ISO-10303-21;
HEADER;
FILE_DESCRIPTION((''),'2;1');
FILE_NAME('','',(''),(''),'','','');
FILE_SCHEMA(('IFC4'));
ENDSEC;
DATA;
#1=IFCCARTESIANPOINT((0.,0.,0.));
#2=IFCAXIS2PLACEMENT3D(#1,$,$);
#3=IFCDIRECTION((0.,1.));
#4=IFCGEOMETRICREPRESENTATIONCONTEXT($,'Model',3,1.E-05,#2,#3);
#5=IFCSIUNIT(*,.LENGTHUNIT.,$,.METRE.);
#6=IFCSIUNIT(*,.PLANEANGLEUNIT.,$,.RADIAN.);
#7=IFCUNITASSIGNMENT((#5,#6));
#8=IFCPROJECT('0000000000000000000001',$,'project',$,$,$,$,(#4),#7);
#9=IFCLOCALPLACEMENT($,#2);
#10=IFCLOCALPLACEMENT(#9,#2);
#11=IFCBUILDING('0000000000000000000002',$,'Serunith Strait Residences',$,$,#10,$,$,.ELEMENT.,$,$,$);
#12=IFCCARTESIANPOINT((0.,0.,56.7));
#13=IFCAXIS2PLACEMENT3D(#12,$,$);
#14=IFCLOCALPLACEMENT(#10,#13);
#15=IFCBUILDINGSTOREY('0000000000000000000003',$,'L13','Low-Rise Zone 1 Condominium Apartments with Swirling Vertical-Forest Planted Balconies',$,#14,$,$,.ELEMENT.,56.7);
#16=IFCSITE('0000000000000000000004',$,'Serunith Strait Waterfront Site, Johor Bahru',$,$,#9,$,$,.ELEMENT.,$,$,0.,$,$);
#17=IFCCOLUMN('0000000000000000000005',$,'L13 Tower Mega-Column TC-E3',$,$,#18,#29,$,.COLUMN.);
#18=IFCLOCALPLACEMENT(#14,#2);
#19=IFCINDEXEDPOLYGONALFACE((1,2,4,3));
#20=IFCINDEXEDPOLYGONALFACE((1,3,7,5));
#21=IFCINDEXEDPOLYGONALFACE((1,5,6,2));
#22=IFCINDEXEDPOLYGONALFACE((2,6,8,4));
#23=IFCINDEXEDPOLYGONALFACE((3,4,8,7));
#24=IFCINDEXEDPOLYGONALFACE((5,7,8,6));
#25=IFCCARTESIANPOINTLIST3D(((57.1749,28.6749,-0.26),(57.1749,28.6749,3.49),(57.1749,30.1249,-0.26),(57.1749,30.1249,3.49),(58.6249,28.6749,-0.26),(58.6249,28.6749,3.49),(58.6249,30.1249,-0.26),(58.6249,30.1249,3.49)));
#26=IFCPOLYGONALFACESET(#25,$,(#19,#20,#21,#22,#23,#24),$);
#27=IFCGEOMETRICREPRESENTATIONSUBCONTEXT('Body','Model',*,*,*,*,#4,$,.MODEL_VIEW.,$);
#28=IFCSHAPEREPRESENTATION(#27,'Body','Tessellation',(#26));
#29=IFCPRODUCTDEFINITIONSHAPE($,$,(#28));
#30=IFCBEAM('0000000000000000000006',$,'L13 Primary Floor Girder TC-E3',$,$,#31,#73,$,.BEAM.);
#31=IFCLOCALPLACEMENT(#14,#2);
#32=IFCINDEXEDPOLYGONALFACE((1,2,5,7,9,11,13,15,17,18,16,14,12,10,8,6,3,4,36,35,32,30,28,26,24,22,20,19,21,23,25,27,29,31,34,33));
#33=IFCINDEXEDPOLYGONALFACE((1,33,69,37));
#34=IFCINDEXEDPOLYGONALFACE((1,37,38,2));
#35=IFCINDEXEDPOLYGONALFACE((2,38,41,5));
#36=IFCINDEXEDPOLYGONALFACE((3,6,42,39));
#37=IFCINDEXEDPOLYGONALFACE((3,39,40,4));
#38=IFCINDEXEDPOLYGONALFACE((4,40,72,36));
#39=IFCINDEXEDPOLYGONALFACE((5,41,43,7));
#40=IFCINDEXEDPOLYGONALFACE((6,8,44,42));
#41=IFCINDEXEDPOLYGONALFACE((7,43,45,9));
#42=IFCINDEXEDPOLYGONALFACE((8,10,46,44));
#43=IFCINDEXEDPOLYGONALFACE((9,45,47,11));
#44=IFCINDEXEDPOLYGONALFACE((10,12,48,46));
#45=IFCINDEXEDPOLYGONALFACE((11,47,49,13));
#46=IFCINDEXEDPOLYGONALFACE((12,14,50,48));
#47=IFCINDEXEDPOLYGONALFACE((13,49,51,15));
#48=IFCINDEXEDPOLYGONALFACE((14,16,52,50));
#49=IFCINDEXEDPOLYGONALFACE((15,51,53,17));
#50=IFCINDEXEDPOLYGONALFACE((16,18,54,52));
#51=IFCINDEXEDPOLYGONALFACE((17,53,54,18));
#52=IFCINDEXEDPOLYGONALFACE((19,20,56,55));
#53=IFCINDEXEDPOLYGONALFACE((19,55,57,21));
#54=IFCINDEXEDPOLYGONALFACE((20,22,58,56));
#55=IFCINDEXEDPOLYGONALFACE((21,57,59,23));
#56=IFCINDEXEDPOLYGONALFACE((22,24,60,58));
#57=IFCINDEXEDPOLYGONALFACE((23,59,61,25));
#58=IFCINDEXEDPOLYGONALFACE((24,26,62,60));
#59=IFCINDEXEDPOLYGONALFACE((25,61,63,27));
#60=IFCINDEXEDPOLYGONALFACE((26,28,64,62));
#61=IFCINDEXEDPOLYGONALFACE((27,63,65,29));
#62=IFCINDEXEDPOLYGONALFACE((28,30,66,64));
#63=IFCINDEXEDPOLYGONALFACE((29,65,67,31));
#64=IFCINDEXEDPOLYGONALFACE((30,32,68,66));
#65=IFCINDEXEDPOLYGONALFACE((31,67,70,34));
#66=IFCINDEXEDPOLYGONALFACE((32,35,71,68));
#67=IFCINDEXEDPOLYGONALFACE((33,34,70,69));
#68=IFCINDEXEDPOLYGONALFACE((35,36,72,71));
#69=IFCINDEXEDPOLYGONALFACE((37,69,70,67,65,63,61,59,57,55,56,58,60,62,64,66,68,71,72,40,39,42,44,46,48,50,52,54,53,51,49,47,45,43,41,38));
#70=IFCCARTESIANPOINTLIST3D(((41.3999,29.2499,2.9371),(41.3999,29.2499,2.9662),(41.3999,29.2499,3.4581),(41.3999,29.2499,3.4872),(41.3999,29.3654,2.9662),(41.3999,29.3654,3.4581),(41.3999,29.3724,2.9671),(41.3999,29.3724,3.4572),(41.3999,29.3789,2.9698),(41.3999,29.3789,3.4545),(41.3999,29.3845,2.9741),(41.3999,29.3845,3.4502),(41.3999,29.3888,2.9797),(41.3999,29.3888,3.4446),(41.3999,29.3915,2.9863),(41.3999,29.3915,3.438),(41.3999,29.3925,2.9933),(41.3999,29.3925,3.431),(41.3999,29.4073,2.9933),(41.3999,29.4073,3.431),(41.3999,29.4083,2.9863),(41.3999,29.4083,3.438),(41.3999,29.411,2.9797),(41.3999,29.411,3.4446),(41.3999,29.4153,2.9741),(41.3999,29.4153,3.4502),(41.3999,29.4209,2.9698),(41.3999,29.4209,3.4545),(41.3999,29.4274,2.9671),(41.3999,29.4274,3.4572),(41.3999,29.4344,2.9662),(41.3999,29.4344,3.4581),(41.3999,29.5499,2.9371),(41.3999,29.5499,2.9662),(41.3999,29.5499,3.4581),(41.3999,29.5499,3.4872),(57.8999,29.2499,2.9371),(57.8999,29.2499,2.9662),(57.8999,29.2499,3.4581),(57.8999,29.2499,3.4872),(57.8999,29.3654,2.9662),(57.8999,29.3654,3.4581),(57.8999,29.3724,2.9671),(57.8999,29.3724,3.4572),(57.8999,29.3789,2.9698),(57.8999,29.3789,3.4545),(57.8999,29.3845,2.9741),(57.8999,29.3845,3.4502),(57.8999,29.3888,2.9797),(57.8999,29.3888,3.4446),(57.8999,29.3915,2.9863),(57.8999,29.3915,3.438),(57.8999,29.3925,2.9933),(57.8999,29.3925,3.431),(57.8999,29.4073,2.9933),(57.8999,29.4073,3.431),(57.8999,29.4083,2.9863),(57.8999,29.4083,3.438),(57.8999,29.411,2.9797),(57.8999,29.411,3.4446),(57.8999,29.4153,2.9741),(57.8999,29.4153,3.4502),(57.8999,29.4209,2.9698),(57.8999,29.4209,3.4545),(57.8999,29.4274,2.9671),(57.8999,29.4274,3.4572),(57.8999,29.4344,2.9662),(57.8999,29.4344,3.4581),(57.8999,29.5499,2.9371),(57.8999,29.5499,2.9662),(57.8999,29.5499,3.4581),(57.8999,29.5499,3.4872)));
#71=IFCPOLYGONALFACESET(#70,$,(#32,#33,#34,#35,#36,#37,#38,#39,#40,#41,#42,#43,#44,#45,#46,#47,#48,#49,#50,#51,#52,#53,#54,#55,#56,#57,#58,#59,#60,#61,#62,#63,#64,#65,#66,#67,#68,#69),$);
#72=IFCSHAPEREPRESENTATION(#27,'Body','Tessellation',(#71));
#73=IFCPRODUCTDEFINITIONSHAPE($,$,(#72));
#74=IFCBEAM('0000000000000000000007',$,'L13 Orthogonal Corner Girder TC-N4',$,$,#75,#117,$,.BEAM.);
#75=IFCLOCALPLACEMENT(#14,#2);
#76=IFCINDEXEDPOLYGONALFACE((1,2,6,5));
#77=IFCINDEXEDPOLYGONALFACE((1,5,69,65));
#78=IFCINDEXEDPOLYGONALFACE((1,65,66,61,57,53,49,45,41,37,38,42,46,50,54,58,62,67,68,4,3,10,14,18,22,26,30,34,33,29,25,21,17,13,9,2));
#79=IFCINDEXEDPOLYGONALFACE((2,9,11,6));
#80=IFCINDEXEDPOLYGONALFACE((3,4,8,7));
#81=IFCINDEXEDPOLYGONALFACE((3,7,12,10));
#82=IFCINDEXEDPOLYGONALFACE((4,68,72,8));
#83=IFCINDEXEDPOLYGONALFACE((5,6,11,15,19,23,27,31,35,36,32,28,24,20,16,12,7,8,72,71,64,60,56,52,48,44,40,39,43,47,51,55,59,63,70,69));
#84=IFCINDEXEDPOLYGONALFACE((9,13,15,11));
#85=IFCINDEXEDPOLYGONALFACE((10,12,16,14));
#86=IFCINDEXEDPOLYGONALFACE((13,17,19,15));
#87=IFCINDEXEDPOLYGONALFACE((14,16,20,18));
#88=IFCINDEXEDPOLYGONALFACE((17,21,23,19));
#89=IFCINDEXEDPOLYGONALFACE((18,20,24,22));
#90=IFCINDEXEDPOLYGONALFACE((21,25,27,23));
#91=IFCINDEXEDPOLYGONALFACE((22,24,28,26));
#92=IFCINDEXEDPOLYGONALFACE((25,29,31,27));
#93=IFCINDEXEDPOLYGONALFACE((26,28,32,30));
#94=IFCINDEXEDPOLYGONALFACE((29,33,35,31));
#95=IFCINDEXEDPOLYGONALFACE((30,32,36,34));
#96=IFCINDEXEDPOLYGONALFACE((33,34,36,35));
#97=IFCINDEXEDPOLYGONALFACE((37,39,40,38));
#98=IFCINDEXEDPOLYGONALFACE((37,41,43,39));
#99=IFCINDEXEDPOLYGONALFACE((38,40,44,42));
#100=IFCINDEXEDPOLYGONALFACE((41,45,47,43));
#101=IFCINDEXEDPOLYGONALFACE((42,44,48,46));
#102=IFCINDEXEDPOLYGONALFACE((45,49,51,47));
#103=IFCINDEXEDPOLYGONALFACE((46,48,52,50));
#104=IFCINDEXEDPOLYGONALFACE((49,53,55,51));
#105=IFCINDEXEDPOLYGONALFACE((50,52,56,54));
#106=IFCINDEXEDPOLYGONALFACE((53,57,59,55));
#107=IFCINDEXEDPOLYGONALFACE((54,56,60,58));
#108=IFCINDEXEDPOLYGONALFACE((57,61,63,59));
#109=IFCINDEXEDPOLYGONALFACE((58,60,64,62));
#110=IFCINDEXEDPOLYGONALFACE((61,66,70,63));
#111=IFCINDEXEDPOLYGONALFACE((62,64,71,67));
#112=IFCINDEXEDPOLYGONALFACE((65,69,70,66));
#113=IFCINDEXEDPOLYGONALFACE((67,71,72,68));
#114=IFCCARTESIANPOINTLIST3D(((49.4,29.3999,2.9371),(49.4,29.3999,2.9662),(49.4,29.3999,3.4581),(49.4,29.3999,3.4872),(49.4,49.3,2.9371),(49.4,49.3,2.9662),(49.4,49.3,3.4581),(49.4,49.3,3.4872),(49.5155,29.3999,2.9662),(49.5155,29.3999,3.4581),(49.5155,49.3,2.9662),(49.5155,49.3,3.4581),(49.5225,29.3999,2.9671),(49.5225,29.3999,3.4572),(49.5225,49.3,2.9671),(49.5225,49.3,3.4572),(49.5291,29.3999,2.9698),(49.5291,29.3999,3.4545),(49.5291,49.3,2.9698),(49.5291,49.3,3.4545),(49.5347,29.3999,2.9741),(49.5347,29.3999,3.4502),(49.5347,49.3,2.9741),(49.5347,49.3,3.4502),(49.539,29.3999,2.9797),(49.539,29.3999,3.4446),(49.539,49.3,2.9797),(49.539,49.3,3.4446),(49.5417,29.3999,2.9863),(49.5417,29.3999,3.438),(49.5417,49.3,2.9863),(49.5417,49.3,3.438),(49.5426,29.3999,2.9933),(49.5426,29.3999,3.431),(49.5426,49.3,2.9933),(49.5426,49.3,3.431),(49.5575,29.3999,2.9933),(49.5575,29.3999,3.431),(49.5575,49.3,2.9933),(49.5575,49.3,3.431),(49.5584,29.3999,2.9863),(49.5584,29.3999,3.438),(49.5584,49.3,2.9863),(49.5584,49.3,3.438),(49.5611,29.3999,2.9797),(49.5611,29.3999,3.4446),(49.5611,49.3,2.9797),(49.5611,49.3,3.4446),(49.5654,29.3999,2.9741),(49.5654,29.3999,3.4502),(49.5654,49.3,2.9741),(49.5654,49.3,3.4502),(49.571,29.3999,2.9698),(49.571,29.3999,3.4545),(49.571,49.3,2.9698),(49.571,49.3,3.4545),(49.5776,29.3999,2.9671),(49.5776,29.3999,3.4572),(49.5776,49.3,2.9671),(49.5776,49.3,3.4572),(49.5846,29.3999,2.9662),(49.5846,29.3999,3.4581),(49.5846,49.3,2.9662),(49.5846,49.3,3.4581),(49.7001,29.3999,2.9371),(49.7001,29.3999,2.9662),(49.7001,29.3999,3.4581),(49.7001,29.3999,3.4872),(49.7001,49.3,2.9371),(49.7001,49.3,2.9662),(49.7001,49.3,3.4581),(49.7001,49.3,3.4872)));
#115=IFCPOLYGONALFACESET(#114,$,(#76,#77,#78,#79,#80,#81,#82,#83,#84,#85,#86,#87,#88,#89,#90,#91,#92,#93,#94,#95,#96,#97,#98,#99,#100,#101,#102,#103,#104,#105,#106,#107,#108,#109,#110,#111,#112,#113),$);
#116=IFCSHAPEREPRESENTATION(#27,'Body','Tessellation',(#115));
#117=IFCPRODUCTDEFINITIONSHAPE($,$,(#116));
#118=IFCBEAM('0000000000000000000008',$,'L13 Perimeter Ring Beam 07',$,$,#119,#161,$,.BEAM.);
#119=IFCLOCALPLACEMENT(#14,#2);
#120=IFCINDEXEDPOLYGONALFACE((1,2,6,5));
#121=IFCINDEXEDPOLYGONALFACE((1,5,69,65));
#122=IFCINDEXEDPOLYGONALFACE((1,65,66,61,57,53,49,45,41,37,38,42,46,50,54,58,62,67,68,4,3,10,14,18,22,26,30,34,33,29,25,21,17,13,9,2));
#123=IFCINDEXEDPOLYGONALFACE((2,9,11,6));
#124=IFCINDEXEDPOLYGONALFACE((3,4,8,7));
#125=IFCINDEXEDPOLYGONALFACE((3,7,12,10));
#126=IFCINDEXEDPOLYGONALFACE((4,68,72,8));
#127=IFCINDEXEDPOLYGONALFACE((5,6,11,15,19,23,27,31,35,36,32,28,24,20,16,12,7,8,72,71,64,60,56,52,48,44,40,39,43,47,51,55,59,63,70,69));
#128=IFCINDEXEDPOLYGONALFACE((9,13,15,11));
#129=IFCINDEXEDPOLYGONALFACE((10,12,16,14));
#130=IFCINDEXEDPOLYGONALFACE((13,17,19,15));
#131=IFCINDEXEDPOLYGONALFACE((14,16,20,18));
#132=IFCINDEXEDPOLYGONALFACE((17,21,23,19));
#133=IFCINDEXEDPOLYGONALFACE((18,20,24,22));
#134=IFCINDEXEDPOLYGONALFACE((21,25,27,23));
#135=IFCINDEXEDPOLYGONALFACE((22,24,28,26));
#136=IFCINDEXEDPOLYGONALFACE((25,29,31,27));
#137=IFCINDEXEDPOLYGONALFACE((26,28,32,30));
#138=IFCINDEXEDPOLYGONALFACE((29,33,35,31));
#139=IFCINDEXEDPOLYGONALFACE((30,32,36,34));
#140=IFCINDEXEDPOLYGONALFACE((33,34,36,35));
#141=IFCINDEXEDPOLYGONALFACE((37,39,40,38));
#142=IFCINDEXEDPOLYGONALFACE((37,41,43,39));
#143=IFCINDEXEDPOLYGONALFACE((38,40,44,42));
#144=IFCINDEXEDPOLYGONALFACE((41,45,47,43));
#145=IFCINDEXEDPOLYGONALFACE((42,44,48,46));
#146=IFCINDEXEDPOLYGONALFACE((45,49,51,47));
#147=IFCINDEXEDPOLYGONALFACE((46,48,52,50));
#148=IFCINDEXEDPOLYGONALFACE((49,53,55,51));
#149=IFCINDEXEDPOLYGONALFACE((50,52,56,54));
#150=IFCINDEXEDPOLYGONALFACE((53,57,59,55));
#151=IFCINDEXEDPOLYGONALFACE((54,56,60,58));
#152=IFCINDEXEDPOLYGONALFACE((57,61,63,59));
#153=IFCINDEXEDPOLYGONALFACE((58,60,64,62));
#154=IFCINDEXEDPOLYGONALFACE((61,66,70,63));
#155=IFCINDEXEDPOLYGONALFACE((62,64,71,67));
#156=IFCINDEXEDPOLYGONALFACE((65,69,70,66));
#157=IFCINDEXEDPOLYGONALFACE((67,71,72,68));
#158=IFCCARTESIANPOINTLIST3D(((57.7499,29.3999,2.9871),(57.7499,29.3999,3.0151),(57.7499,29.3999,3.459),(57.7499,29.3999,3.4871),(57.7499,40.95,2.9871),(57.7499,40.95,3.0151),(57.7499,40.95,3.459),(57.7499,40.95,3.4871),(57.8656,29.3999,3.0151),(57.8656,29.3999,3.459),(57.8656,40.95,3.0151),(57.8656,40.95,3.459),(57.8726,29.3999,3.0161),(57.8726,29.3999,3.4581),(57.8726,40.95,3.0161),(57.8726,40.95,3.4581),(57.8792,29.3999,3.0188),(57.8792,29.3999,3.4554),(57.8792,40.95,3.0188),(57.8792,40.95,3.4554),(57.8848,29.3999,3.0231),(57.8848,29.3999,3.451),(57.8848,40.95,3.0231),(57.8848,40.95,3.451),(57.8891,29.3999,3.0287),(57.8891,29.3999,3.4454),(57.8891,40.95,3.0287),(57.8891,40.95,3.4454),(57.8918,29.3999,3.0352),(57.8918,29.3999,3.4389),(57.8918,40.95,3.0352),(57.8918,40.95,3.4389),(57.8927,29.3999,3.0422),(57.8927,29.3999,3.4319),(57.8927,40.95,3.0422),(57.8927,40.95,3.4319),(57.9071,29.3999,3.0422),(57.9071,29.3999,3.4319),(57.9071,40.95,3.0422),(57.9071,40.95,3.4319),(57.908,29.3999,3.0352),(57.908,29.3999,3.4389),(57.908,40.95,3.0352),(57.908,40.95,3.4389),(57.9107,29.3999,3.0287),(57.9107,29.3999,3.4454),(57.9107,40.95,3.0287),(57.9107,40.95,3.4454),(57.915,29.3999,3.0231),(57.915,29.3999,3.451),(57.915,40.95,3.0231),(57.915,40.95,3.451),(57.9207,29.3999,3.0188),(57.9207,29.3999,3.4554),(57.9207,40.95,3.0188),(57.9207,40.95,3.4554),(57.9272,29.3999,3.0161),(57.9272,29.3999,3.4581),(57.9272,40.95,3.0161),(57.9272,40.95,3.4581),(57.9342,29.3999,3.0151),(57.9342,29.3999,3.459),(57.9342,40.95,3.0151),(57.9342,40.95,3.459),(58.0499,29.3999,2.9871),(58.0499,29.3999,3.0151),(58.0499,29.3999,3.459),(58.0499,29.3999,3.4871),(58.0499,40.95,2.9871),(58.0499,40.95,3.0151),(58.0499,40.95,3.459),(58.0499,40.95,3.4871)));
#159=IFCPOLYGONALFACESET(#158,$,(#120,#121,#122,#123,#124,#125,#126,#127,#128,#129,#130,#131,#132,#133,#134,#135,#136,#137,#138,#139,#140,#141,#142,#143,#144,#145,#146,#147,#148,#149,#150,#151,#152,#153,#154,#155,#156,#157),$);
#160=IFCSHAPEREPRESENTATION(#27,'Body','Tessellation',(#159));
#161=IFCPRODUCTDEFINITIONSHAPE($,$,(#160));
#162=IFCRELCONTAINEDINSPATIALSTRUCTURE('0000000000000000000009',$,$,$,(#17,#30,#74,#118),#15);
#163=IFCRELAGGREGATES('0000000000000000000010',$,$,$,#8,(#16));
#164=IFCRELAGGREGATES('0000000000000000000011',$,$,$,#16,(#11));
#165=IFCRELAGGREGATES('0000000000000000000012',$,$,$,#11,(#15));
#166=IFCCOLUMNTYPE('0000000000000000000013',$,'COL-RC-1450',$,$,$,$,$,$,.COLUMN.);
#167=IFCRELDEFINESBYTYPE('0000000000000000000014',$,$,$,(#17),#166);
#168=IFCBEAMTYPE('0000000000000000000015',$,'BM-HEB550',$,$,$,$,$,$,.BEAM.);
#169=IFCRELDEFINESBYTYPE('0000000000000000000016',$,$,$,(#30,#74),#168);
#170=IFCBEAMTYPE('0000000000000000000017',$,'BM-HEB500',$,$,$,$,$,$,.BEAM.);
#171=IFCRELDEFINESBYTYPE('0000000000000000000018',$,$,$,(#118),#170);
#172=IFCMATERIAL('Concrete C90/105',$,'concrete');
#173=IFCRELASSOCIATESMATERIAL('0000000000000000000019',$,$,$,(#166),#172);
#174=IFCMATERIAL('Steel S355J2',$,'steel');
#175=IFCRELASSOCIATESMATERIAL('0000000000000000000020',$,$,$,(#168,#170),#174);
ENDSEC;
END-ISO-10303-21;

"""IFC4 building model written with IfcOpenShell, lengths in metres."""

from ifc_helpers import new_model, si_unit, direction, frame, origin, origin_2d, place, context, subcontext, project, spatial, rectangle, i_section, extrude, source, transform, mapped, material, material_profile, profile_set, type_object, element, save


model = new_model("IFC4")

# Units and contexts
model_context = context("Model", 3, precision=1e-05, world=origin(), true_north=direction((0.0, 1.0)))
body_context = subcontext(model_context, "Body", "Model", "MODEL_VIEW")
ifc_project = project(units=[si_unit("LENGTHUNIT", "METRE"), si_unit("PLANEANGLEUNIT", "RADIAN")], contexts=[model_context])

# Site, building, storey
site_placement = place(None, origin())
site = spatial("IfcSite", under=ifc_project, at=site_placement, Name="Serunith Strait Waterfront Site, Johor Bahru", CompositionType="ELEMENT", RefElevation=0.0)
building_placement = place(site_placement, origin())
building = spatial("IfcBuilding", under=site, at=building_placement, Name="Serunith Strait Residences", CompositionType="ELEMENT")
storey_placement = place(building_placement, frame((0.0, 0.0, 56.7)))
storey = spatial("IfcBuildingStorey", under=building, at=storey_placement, Name="L13", Description="Low-Rise Zone 1 Condominium Apartments with Swirling Vertical-Forest Planted Balconies", CompositionType="ELEMENT", Elevation=56.7)

# Column
ifc_material_1 = material(Name="Concrete C90/105", Category="concrete")
ifc_material_profile_1 = material_profile(ifc_material_1, rectangle(XDim=1.45, YDim=1.45, at=origin_2d()), Name="RC 1450x1450")
ifc_profile_set_1 = profile_set([ifc_material_profile_1], Name="Concrete C90/105")
column_type = type_object("IfcColumnType", Name="COL-RC-1450", PredefinedType="COLUMN", material=ifc_profile_set_1)
shared_shape_1 = source(origin(), body_context, "Body", "SweptSolid", [
    extrude(rectangle(XDim=1.45, YDim=1.45, at=origin_2d()), origin(), (0.0, 0.0, 1.0), 3.75),
])
column_placement = place(storey_placement, frame((57.8999, 29.3999, -0.26), z_axis=(0.0, 0.0, 1.0), x_axis=(1.0, 0.0, 0.0)))
element("IfcColumn", 1, at=column_placement, inside=storey, type_object=column_type, Name="L13 Tower Mega-Column TC-E3", PredefinedType="COLUMN", context=body_context, shape_type="MappedRepresentation", body=[
    mapped(shared_shape_1, transform((0.0, 0.0, 0.0), scale=1.0)),
])

# Beams
ifc_material_2 = material(Name="Steel S355J2", Category="steel")
ifc_material_profile_2 = material_profile(ifc_material_2, i_section(OverallWidth=0.3, OverallDepth=0.55, WebThickness=0.0149, FlangeThickness=0.0291, FilletRadius=0.0271, at=origin_2d()), Name="HEB 550")
ifc_profile_set_2 = profile_set([ifc_material_profile_2], Name="Steel S355J2")
beam_type_1 = type_object("IfcBeamType", Name="BM-HEB550", PredefinedType="BEAM", material=ifc_profile_set_2)
shared_shape_2 = source(origin(), body_context, "Body", "SweptSolid", [
    extrude(i_section(OverallWidth=0.3, OverallDepth=0.55, WebThickness=0.0149, FlangeThickness=0.0291, FilletRadius=0.0271, at=origin_2d()), origin(), (0.0, 0.0, 1.0), 16.5),
])
beam_1_placement = place(storey_placement, frame((41.3999, 29.3999, 3.2122), z_axis=(1.0, 0.0, 0.0), x_axis=(0.0, 1.0, 0.0)))
element("IfcBeam", 2, at=beam_1_placement, inside=storey, type_object=beam_type_1, Name="L13 Primary Floor Girder TC-E3", PredefinedType="BEAM", context=body_context, shape_type="MappedRepresentation", body=[
    mapped(shared_shape_2, transform((0.0, 0.0, 0.0), scale=1.0)),
])
shared_shape_3 = source(origin(), body_context, "Body", "SweptSolid", [
    extrude(i_section(OverallWidth=0.3, OverallDepth=0.55, WebThickness=0.0149, FlangeThickness=0.0291, FilletRadius=0.0271, at=origin_2d()), origin(), (0.0, 0.0, 1.0), 19.9001),
])
beam_2_placement = place(storey_placement, frame((49.55, 29.3999, 3.2122), z_axis=(0.0, 1.0, 0.0), x_axis=(-1.0, 0.0, 0.0)))
element("IfcBeam", 3, at=beam_2_placement, inside=storey, type_object=beam_type_1, Name="L13 Orthogonal Corner Girder TC-N4", PredefinedType="BEAM", context=body_context, shape_type="MappedRepresentation", body=[
    mapped(shared_shape_3, transform((0.0, 0.0, 0.0), scale=1.0)),
])
ifc_material_profile_3 = material_profile(ifc_material_2, i_section(OverallWidth=0.3, OverallDepth=0.5, WebThickness=0.0144, FlangeThickness=0.0281, FilletRadius=0.0271, at=origin_2d()), Name="HEB 500")
ifc_profile_set_3 = profile_set([ifc_material_profile_3], Name="Steel S355J2")
beam_type_2 = type_object("IfcBeamType", Name="BM-HEB500", PredefinedType="BEAM", material=ifc_profile_set_3)
shared_shape_4 = source(origin(), body_context, "Body", "SweptSolid", [
    extrude(i_section(OverallWidth=0.3, OverallDepth=0.5, WebThickness=0.0144, FlangeThickness=0.0281, FilletRadius=0.0271, at=origin_2d()), origin(), (0.0, 0.0, 1.0), 11.55),
])
beam_3_placement = place(storey_placement, frame((57.8999, 29.3999, 3.2371), z_axis=(0.0, 1.0, 0.0), x_axis=(-1.0, 0.0, 0.0)))
element("IfcBeam", 4, at=beam_3_placement, inside=storey, type_object=beam_type_2, Name="L13 Perimeter Ring Beam 07", PredefinedType="BEAM", context=body_context, shape_type="MappedRepresentation", body=[
    mapped(shared_shape_4, transform((0.0, 0.0, 0.0), scale=1.0)),
])

save(model, "model.ifc")
